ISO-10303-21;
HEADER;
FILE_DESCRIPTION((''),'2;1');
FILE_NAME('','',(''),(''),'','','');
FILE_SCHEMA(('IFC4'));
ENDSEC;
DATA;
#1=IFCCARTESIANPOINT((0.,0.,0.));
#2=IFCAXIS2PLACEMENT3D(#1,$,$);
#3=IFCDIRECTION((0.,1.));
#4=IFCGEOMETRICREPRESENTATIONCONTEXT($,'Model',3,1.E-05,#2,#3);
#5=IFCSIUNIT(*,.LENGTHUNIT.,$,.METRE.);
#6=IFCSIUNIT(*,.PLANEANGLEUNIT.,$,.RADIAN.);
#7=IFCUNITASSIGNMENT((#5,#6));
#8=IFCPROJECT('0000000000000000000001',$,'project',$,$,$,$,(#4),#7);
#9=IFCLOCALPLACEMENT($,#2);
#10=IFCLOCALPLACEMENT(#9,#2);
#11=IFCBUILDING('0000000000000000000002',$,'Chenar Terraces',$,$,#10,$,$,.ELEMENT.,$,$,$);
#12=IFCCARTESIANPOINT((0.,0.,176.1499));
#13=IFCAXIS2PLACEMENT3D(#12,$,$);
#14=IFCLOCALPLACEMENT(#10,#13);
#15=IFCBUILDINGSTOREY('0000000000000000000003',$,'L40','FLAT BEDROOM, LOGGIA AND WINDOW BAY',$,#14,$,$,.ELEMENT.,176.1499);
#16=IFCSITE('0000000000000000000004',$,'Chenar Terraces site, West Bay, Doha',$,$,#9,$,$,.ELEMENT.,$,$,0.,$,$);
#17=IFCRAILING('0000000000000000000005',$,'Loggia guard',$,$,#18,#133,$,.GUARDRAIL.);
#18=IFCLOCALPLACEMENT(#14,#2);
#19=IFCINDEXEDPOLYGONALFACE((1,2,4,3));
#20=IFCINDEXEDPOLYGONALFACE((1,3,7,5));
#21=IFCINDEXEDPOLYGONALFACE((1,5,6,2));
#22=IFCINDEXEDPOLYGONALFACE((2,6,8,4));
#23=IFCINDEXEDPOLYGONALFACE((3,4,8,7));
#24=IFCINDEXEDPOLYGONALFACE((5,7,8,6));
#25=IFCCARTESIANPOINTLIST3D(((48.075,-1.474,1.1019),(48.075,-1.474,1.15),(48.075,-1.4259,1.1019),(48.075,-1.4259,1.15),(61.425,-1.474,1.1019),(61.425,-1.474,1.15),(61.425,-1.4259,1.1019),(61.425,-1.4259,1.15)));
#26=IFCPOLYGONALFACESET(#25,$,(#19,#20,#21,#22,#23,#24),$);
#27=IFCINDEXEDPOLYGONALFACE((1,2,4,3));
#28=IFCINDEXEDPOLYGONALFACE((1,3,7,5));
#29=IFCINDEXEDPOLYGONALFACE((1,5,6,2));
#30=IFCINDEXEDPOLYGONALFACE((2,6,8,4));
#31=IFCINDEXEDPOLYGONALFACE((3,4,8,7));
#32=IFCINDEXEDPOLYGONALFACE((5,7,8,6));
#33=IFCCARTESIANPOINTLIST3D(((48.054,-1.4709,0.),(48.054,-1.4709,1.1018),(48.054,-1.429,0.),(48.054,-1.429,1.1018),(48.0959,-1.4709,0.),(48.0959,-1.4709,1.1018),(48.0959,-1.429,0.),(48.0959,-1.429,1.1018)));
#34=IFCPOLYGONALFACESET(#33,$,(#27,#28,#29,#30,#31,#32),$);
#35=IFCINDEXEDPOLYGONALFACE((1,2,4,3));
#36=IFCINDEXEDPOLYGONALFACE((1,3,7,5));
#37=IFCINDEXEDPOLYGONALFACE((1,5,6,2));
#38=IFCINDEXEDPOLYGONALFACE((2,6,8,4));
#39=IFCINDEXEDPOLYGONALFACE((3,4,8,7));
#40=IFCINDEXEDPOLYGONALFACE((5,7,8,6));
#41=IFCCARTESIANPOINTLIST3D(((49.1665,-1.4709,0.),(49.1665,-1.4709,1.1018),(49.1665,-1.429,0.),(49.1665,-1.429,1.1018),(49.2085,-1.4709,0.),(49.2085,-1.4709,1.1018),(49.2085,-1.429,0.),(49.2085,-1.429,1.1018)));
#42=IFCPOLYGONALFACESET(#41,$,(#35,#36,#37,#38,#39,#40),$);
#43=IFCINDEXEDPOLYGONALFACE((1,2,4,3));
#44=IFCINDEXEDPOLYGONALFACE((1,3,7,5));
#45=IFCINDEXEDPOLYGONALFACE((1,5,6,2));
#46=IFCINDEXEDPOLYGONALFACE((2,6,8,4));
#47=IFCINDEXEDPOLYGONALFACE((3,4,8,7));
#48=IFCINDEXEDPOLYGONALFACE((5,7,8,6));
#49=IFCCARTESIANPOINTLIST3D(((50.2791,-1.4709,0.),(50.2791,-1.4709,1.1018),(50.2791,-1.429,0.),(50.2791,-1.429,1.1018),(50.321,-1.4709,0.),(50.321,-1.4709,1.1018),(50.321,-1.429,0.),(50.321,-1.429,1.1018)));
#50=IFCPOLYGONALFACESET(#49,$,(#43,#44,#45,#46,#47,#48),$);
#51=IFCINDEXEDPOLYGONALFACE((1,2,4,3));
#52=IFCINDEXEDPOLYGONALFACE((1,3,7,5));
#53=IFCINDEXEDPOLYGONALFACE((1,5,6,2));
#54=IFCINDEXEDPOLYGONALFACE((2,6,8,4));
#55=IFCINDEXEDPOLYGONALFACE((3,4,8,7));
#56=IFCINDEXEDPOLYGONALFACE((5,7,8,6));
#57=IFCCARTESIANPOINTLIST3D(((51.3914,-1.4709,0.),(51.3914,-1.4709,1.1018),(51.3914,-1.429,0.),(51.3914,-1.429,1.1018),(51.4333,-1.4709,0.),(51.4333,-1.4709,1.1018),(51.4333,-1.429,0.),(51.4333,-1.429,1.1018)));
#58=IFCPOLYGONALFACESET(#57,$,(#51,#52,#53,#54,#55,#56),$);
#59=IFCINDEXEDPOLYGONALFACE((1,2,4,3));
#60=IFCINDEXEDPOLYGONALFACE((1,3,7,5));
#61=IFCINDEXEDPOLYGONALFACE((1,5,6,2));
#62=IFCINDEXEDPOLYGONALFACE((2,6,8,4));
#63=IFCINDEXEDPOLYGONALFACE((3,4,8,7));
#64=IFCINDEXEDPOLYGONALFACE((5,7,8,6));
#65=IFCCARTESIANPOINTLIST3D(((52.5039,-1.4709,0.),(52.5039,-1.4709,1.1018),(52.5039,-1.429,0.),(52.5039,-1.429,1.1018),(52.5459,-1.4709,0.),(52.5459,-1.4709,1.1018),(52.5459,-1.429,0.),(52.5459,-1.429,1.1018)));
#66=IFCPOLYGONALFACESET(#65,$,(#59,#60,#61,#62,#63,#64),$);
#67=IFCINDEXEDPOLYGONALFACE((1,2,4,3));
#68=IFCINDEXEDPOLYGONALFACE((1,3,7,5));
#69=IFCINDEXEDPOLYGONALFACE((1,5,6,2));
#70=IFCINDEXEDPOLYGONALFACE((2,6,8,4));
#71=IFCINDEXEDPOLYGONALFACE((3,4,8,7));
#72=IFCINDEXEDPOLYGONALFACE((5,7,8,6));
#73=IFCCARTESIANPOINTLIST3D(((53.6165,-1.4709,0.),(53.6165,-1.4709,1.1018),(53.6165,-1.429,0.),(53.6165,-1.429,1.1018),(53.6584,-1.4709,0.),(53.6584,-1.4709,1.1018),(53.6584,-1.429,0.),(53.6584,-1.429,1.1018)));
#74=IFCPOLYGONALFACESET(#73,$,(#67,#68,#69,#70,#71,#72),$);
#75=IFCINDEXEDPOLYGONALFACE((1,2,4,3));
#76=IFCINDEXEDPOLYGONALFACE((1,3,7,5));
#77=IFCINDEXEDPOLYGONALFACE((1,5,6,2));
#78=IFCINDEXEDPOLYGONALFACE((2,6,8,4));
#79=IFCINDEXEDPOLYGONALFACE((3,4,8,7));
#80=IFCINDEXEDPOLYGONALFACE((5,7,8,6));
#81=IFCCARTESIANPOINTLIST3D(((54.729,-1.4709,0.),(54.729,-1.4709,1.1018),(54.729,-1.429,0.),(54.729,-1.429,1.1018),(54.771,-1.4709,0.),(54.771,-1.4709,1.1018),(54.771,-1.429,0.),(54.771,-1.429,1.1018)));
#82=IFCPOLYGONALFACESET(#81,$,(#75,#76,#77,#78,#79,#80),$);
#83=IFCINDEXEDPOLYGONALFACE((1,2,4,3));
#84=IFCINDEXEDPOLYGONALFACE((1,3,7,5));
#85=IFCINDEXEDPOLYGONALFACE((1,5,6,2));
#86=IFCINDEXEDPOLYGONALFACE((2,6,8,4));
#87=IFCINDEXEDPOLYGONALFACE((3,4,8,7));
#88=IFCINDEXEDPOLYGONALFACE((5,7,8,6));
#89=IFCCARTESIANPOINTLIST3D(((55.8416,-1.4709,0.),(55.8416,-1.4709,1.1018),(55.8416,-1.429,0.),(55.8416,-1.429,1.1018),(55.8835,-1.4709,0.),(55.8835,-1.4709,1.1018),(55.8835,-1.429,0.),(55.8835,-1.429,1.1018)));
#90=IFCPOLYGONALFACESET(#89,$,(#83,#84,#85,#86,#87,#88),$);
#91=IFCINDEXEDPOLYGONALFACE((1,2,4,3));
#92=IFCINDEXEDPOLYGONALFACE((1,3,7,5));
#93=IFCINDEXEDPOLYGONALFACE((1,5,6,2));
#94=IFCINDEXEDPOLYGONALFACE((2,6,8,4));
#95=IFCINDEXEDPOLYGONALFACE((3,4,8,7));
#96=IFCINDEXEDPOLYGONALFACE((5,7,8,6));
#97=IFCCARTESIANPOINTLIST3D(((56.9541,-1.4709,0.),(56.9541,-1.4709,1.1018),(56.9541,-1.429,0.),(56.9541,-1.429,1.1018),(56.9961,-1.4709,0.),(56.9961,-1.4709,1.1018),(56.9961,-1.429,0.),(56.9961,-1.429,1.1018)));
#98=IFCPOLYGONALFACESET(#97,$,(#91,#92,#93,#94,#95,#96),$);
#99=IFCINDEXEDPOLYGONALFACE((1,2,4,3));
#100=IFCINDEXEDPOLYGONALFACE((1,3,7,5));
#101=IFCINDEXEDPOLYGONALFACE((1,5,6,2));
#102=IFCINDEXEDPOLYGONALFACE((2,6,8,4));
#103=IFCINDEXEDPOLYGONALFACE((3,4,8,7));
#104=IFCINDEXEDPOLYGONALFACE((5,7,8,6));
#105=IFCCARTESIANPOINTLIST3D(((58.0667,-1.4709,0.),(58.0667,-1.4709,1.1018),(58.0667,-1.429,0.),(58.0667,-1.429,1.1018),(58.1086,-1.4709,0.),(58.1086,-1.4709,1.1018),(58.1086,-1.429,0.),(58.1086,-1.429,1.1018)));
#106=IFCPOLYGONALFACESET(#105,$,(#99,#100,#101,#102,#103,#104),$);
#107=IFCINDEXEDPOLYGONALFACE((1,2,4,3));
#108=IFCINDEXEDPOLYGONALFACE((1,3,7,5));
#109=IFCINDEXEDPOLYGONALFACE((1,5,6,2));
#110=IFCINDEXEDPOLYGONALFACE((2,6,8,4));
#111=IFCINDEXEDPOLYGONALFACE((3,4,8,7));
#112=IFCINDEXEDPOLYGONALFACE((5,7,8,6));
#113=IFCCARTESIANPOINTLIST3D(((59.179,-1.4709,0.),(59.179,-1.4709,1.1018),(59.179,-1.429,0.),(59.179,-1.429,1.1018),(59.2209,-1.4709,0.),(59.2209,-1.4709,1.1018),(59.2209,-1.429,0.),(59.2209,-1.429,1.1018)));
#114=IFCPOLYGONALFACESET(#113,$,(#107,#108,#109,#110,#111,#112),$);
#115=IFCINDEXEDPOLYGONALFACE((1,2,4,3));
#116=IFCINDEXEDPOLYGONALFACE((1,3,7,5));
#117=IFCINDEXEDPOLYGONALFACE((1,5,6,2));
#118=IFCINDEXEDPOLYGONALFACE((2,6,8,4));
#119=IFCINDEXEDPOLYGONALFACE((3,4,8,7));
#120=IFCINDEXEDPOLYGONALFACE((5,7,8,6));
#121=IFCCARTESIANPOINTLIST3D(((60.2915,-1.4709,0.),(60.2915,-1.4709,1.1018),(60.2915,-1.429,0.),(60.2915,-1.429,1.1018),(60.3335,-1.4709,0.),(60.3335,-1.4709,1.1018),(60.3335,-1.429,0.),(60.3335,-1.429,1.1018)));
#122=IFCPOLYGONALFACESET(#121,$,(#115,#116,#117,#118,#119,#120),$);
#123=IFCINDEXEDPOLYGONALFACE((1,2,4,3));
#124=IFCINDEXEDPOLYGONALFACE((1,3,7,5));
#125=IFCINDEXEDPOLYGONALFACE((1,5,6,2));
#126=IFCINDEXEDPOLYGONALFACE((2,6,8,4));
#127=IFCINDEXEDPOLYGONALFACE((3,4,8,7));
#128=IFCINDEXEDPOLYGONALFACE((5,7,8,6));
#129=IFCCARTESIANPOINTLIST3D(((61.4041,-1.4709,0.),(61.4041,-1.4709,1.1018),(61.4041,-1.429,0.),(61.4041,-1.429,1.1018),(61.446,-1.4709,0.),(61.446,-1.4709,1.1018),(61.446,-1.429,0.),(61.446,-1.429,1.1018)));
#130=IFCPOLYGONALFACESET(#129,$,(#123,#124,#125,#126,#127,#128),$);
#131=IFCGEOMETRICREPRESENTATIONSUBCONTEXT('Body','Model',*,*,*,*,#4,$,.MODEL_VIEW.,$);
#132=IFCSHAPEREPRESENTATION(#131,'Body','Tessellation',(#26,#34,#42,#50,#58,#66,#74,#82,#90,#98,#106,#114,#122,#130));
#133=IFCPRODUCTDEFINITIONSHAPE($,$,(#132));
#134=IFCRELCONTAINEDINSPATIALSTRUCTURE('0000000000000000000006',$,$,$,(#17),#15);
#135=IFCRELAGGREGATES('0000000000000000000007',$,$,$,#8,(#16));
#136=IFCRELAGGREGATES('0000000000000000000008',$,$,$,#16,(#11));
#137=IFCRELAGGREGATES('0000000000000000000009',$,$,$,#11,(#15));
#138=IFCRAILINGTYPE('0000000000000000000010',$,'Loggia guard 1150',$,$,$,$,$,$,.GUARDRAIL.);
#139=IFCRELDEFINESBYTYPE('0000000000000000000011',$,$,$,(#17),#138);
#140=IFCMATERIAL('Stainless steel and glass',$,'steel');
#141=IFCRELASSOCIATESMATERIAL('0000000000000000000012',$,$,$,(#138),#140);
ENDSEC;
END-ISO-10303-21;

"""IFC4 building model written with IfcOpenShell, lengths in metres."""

from ifc_helpers import new_model, si_unit, direction, frame, origin, origin_2d, place, context, subcontext, project, spatial, rectangle, extrude, material, type_object, element, save


model = new_model("IFC4")

# Units and contexts
model_context = context("Model", 3, precision=1e-05, world=origin(), true_north=direction((0.0, 1.0)))
body_context = subcontext(model_context, "Body", "Model", "MODEL_VIEW")
ifc_project = project(units=[si_unit("LENGTHUNIT", "METRE"), si_unit("PLANEANGLEUNIT", "RADIAN")], contexts=[model_context])

# Site, building, storey
site_placement = place(None, origin())
site = spatial("IfcSite", under=ifc_project, at=site_placement, Name="Chenar Terraces site, West Bay, Doha", CompositionType="ELEMENT", RefElevation=0.0)
building_placement = place(site_placement, origin())
building = spatial("IfcBuilding", under=site, at=building_placement, Name="Chenar Terraces", CompositionType="ELEMENT")
storey_placement = place(building_placement, frame((0.0, 0.0, 176.1499)))
storey = spatial("IfcBuildingStorey", under=building, at=storey_placement, Name="L40", Description="FLAT BEDROOM, LOGGIA AND WINDOW BAY", CompositionType="ELEMENT", Elevation=176.1499)

# Railing
ifc_material_1 = material(Name="Stainless steel and glass", Category="steel")
railing_type = type_object("IfcRailingType", Name="Loggia guard 1150", PredefinedType="GUARDRAIL", material=ifc_material_1)
railing_placement = place(storey_placement, frame((48.075, -1.45, 0.0)))
element("IfcRailing", 1, at=railing_placement, inside=storey, type_object=railing_type, Name="Loggia guard", PredefinedType="GUARDRAIL", context=body_context, shape_type="SweptSolid", body=[
    extrude(rectangle(XDim=0.0481, YDim=0.0481, at=origin_2d()), frame((0.0, 0.0, 1.126), z_axis=(1.0, 0.0, 0.0), x_axis=(0.0, 1.0, 0.0)), (0.0, 0.0, 1.0), 13.3501),
    extrude(rectangle(XDim=0.042, YDim=0.042, at=origin_2d()), origin(), (0.0, 0.0, 1.0), 1.1018),
    extrude(rectangle(XDim=0.042, YDim=0.042, at=origin_2d()), frame((1.1125, 0.0, 0.0)), (0.0, 0.0, 1.0), 1.1018),
    extrude(rectangle(XDim=0.042, YDim=0.042, at=origin_2d()), frame((2.2251, 0.0, 0.0)), (0.0, 0.0, 1.0), 1.1018),
    extrude(rectangle(XDim=0.042, YDim=0.042, at=origin_2d()), frame((3.3374, 0.0, 0.0)), (0.0, 0.0, 1.0), 1.1018),
    extrude(rectangle(XDim=0.042, YDim=0.042, at=origin_2d()), frame((4.45, 0.0, 0.0)), (0.0, 0.0, 1.0), 1.1018),
    extrude(rectangle(XDim=0.042, YDim=0.042, at=origin_2d()), frame((5.5625, 0.0, 0.0)), (0.0, 0.0, 1.0), 1.1018),
    extrude(rectangle(XDim=0.042, YDim=0.042, at=origin_2d()), frame((6.675, 0.0, 0.0)), (0.0, 0.0, 1.0), 1.1018),
    extrude(rectangle(XDim=0.042, YDim=0.042, at=origin_2d()), frame((7.7876, 0.0, 0.0)), (0.0, 0.0, 1.0), 1.1018),
    extrude(rectangle(XDim=0.042, YDim=0.042, at=origin_2d()), frame((8.9001, 0.0, 0.0)), (0.0, 0.0, 1.0), 1.1018),
    extrude(rectangle(XDim=0.042, YDim=0.042, at=origin_2d()), frame((10.0127, 0.0, 0.0)), (0.0, 0.0, 1.0), 1.1018),
    extrude(rectangle(XDim=0.042, YDim=0.042, at=origin_2d()), frame((11.125, 0.0, 0.0)), (0.0, 0.0, 1.0), 1.1018),
    extrude(rectangle(XDim=0.042, YDim=0.042, at=origin_2d()), frame((12.2375, 0.0, 0.0)), (0.0, 0.0, 1.0), 1.1018),
    extrude(rectangle(XDim=0.042, YDim=0.042, at=origin_2d()), frame((13.3501, 0.0, 0.0)), (0.0, 0.0, 1.0), 1.1018),
])

save(model, "model.ifc")
